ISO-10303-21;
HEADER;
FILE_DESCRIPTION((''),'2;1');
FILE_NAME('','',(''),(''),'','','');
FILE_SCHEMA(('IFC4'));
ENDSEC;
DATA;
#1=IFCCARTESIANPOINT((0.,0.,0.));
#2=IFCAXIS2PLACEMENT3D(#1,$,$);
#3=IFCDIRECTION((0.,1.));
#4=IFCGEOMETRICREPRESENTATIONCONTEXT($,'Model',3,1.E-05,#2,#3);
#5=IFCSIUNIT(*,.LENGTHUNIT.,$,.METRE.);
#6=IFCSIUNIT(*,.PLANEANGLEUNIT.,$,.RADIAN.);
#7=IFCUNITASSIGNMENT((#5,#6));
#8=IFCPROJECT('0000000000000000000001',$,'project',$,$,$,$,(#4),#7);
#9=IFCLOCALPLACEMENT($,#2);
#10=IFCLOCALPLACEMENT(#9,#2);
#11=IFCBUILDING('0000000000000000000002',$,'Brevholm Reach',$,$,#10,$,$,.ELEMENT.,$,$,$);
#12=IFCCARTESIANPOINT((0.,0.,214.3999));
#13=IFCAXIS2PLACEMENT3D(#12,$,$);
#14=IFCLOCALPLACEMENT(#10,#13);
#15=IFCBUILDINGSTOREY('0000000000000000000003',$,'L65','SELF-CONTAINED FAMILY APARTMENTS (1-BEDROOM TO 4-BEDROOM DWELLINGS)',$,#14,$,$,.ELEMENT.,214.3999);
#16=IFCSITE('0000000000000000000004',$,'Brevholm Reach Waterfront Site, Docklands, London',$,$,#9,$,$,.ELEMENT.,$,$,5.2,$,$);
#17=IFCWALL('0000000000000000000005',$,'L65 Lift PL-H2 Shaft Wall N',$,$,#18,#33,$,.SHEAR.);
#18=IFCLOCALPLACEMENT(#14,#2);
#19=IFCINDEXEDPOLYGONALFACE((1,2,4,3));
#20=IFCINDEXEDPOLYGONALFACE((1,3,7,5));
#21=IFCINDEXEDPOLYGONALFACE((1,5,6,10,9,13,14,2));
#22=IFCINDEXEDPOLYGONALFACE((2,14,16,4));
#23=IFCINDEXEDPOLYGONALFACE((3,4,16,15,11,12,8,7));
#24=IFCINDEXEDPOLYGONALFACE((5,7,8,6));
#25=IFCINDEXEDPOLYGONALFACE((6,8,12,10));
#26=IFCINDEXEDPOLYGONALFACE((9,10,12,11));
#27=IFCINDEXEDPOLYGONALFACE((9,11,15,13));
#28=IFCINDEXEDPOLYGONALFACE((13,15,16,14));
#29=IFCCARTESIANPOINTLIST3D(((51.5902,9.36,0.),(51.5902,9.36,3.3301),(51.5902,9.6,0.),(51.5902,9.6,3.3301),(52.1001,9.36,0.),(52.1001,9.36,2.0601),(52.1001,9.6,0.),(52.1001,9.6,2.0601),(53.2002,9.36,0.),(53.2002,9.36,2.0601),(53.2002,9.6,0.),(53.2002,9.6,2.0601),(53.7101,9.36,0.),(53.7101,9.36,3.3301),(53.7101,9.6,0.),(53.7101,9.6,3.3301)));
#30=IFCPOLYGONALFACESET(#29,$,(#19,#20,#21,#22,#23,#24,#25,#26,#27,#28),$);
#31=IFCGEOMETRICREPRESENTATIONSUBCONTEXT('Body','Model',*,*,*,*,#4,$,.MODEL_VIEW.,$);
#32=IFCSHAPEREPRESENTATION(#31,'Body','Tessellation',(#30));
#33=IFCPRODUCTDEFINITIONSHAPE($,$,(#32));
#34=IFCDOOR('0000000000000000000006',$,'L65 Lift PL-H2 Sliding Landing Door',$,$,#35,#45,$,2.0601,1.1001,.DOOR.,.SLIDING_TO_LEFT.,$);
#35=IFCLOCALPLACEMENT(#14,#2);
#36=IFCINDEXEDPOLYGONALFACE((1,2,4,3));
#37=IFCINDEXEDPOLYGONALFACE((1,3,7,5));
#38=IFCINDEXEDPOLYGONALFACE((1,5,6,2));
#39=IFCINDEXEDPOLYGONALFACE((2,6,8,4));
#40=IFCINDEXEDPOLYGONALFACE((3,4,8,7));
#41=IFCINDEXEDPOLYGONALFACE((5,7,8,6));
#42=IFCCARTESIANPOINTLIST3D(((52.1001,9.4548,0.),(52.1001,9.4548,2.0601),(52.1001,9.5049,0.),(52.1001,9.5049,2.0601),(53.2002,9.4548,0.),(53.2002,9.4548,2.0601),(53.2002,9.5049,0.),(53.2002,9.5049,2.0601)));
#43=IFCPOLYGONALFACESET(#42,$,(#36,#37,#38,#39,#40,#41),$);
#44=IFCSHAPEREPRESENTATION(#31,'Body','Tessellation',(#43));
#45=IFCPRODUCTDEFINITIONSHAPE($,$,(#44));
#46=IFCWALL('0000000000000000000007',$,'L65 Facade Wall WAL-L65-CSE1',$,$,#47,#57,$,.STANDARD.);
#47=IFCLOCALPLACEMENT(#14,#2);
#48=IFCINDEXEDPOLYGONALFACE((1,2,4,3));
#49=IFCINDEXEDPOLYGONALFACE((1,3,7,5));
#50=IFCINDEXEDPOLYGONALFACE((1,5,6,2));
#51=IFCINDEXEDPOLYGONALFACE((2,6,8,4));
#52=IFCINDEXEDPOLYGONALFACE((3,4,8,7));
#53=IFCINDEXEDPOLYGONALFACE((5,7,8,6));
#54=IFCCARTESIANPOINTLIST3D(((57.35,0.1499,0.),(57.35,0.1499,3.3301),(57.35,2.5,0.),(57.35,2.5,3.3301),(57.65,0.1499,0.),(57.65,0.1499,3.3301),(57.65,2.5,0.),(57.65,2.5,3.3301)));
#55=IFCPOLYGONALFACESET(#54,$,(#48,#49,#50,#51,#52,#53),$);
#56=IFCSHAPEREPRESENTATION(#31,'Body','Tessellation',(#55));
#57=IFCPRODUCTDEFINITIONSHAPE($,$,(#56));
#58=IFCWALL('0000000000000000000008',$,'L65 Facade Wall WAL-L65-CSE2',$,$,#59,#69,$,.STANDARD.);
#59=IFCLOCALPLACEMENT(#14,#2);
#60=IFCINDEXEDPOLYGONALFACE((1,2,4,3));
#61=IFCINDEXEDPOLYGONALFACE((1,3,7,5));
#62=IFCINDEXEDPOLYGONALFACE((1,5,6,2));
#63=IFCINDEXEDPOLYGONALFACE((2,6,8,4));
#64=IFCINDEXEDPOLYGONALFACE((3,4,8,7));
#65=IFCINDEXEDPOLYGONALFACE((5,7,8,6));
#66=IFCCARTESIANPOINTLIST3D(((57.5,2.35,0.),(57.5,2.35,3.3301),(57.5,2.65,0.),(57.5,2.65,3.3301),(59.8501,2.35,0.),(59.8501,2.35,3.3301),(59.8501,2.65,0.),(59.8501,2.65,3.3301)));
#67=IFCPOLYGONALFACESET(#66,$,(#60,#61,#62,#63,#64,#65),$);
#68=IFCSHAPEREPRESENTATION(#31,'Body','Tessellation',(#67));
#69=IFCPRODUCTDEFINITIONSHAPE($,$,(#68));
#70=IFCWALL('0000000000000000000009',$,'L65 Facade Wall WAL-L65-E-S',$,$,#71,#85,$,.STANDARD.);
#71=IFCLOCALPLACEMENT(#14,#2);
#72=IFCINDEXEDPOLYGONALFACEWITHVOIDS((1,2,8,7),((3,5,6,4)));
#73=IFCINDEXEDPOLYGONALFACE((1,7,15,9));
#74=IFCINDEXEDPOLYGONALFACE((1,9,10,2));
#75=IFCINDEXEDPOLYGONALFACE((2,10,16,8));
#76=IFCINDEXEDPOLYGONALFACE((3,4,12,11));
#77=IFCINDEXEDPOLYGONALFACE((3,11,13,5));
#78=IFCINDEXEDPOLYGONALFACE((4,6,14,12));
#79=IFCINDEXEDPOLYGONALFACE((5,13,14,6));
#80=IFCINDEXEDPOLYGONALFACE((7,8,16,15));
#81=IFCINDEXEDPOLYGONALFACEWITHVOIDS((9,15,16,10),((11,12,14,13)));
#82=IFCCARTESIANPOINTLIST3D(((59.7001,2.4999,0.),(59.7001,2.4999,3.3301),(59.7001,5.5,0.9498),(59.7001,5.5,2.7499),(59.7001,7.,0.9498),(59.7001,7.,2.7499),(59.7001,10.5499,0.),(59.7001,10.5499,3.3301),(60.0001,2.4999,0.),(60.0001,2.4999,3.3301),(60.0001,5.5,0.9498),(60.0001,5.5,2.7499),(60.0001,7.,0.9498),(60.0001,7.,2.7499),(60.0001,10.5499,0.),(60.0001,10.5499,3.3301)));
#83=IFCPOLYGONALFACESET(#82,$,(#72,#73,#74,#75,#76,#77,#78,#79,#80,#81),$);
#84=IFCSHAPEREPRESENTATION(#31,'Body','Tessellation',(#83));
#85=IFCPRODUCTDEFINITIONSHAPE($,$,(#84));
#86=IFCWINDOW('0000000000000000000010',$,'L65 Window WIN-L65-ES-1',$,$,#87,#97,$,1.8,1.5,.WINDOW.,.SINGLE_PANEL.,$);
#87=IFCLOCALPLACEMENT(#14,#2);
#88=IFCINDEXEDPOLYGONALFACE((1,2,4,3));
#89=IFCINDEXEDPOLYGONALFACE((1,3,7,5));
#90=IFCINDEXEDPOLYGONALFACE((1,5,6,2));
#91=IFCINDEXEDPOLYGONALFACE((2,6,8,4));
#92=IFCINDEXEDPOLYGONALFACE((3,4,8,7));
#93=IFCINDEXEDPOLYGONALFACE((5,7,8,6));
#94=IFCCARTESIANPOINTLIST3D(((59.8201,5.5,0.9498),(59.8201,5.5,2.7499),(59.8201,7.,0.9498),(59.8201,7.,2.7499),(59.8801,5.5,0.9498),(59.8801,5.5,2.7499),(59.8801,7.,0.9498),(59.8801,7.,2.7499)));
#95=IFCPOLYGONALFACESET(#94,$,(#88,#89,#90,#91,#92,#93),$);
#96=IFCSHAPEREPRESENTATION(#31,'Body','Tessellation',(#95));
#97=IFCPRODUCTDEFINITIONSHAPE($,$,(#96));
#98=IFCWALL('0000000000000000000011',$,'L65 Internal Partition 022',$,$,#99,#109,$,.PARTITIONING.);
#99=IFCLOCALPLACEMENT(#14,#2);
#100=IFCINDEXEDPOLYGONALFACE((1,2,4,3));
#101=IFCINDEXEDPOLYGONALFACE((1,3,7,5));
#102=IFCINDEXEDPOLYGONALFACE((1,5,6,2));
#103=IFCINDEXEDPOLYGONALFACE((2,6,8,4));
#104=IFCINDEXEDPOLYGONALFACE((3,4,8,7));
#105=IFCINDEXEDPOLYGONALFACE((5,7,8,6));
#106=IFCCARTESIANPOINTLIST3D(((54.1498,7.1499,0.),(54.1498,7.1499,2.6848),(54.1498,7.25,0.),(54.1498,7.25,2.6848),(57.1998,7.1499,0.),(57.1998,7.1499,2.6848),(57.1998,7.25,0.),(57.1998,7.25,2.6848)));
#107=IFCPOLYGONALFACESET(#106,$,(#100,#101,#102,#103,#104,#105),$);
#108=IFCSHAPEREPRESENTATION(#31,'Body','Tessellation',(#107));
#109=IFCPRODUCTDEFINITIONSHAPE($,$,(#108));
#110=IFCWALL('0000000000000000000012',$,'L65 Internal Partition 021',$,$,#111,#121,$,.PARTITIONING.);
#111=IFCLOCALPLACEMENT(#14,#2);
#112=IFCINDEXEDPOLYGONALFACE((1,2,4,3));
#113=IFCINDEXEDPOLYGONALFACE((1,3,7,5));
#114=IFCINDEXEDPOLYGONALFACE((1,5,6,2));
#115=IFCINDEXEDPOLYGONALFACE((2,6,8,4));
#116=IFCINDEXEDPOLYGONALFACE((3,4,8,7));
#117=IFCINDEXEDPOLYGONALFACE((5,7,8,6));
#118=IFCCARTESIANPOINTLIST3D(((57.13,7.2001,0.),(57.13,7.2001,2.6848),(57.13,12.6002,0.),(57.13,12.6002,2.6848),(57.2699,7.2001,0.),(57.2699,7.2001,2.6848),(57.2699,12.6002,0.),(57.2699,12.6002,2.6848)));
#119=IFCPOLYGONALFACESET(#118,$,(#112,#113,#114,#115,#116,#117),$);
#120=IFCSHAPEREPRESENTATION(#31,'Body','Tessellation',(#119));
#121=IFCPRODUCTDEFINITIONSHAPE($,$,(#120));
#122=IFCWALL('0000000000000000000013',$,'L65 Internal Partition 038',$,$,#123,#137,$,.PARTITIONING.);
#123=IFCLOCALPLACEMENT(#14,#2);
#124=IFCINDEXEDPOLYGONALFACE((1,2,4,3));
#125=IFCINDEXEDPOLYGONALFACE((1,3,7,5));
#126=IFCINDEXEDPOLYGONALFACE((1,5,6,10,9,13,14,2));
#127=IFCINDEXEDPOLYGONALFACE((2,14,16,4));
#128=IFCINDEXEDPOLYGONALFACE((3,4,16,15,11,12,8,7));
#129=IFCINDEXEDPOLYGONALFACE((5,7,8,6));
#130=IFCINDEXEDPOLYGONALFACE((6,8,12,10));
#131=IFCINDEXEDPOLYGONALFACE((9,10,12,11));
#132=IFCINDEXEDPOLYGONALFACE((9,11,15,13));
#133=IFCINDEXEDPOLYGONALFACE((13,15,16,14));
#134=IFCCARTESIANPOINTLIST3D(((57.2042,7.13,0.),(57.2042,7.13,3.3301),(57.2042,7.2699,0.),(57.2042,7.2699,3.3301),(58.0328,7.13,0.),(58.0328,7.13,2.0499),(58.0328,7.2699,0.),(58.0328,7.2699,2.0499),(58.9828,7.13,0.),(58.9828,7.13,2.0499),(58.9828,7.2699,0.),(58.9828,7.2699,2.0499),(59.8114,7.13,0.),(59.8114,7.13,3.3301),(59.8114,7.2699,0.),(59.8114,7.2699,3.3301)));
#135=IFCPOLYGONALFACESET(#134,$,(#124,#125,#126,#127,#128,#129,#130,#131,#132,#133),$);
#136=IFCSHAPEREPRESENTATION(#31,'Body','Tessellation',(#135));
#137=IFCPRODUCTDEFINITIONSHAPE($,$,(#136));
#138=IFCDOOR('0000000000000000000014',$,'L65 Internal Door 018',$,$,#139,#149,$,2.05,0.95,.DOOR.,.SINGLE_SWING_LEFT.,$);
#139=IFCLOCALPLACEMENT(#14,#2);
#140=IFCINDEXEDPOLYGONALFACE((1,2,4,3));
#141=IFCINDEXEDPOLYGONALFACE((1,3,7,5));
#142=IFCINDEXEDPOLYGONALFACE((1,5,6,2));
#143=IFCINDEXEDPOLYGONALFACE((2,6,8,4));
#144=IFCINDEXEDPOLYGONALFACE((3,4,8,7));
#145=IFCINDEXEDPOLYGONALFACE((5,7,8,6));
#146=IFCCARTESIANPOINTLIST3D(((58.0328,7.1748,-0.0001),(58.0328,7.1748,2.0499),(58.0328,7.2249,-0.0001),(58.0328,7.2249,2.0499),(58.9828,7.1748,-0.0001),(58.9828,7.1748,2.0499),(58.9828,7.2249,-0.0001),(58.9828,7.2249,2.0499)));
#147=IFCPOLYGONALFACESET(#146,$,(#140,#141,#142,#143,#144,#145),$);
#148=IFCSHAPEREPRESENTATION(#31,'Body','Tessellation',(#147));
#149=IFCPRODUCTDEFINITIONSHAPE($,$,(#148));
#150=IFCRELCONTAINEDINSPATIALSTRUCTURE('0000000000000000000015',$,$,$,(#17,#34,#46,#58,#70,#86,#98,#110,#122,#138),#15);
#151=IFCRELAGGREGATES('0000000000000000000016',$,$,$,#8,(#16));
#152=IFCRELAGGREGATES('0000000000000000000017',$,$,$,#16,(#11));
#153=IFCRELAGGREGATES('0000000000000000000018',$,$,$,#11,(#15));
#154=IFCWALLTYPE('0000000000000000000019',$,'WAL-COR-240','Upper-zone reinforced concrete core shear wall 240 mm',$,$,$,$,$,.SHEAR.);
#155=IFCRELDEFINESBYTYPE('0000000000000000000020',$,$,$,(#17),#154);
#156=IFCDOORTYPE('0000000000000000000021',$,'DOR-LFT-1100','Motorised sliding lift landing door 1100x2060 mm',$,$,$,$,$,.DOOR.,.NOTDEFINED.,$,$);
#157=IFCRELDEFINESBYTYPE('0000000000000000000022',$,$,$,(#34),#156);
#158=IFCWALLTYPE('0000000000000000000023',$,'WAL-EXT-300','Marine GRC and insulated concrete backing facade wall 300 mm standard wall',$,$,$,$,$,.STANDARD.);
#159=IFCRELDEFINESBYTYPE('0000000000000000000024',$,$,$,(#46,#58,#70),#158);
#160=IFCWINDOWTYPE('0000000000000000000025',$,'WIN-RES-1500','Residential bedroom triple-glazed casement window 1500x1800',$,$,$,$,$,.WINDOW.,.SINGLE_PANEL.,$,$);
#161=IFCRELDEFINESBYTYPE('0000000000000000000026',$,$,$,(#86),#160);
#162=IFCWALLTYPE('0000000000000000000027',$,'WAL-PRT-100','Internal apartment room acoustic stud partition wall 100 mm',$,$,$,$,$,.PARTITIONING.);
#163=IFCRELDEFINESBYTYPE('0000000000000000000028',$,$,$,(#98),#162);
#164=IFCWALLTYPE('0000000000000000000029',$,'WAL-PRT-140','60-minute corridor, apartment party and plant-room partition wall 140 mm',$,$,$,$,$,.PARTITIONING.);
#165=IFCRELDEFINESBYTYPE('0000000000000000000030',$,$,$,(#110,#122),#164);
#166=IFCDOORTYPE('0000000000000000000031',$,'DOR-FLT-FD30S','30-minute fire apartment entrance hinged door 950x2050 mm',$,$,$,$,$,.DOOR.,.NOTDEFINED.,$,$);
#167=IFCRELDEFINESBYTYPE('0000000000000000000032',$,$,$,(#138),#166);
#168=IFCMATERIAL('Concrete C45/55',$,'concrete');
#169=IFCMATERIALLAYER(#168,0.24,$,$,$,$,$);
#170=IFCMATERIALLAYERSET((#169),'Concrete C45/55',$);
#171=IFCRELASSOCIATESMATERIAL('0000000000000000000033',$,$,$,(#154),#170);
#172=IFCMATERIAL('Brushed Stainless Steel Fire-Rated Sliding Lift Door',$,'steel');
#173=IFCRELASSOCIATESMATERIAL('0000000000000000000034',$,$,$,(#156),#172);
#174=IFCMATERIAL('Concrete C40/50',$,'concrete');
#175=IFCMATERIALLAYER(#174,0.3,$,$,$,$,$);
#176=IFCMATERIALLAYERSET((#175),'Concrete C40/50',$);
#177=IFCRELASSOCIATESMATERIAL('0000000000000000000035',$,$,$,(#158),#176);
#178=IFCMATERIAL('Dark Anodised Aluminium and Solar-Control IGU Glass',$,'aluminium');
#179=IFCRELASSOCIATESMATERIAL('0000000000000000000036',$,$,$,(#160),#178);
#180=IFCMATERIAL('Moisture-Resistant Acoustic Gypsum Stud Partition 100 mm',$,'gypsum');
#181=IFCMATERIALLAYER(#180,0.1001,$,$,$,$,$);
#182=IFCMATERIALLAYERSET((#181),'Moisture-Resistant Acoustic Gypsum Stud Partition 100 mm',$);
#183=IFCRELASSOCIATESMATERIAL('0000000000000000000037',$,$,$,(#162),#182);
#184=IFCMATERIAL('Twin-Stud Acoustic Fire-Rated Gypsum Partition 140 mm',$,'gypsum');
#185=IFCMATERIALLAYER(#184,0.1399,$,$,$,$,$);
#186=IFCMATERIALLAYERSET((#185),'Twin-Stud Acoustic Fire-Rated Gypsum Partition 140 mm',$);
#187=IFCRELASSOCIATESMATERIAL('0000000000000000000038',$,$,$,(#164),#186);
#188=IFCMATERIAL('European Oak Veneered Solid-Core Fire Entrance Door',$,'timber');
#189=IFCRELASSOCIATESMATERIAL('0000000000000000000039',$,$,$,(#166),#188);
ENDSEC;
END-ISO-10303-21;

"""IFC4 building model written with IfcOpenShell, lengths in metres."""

from ifc_helpers import new_model, si_unit, direction, frame, frame_2d, origin, place, context, subcontext, project, spatial, rectangle, extrude, material, layer, layer_set, type_object, element, fill, save


model = new_model("IFC4")

# Units and contexts
model_context = context("Model", 3, precision=1e-05, world=origin(), true_north=direction((0.0, 1.0)))
body_context = subcontext(model_context, "Body", "Model", "MODEL_VIEW")
ifc_project = project(units=[si_unit("LENGTHUNIT", "METRE"), si_unit("PLANEANGLEUNIT", "RADIAN")], contexts=[model_context])

# Site, building, storey
site_placement = place(None, origin())
site = spatial("IfcSite", under=ifc_project, at=site_placement, Name="Brevholm Reach Waterfront Site, Docklands, London", CompositionType="ELEMENT", RefElevation=5.2)
building_placement = place(site_placement, origin())
building = spatial("IfcBuilding", under=site, at=building_placement, Name="Brevholm Reach", CompositionType="ELEMENT")
storey_placement = place(building_placement, frame((0.0, 0.0, 214.3999)))
storey = spatial("IfcBuildingStorey", under=building, at=storey_placement, Name="L65", Description="SELF-CONTAINED FAMILY APARTMENTS (1-BEDROOM TO 4-BEDROOM DWELLINGS)", CompositionType="ELEMENT", Elevation=214.3999)

# Shared definitions
ifc_material_1 = material(Name="Concrete C45/55", Category="concrete")
ifc_layer_1 = layer(ifc_material_1, 0.24)
ifc_layer_set_1 = layer_set([ifc_layer_1], Name="Concrete C45/55")
wall_type_1 = type_object("IfcWallType", Name="WAL-COR-240", Description="Upper-zone reinforced concrete core shear wall 240 mm", PredefinedType="SHEAR", material=ifc_layer_set_1)

# Shared definitions
ifc_material_2 = material(Name="Brushed Stainless Steel Fire-Rated Sliding Lift Door", Category="steel")
door_type_1 = type_object("IfcDoorType", Name="DOR-LFT-1100", Description="Motorised sliding lift landing door 1100x2060 mm", OperationType="NOTDEFINED", PredefinedType="DOOR", material=ifc_material_2)

# Wall, opening, door
wall_1_placement = place(storey_placement, frame((51.5901, 9.48, 0.0), z_axis=(0.0, 0.0, 1.0), x_axis=(1.0, 0.0, 0.0)))
wall_1 = element("IfcWall", 1, at=wall_1_placement, inside=storey, type_object=wall_type_1, Name="L65 Lift PL-H2 Shaft Wall N", PredefinedType="SHEAR", context=body_context, shape_type="SweptSolid", body=[
    extrude(rectangle(XDim=2.1199, YDim=0.24, at=frame_2d((1.0601, 0.0))), origin(), (0.0, 0.0, 1.0), 3.3301),
])
opening_1_placement = place(wall_1_placement, frame((0.51, 0.0, 0.0)))
opening_1 = element("IfcOpeningElement", 2, at=opening_1_placement, cuts=wall_1, PredefinedType="OPENING", context=body_context, shape_type="SweptSolid", body=[
    extrude(rectangle(XDim=1.1001, YDim=2.0601, at=frame_2d((0.55, 1.03))), frame((0.0, 0.1299, 0.0), z_axis=(0.0, -1.0, 0.0), x_axis=(1.0, 0.0, 0.0)), (0.0, 0.0, 1.0), 0.26),
])
door_1_placement = place(opening_1_placement, origin())
door_1 = element("IfcDoor", 3, at=door_1_placement, inside=storey, type_object=door_type_1, Name="L65 Lift PL-H2 Sliding Landing Door", OperationType="SLIDING_TO_LEFT", OverallHeight=2.0601, OverallWidth=1.1001, PredefinedType="DOOR", context=body_context, shape_type="SweptSolid", body=[
    extrude(rectangle(XDim=1.1001, YDim=2.0601, at=frame_2d((0.55, 1.03))), frame((0.0, 0.0249, 0.0), z_axis=(0.0, -1.0, 0.0), x_axis=(1.0, 0.0, 0.0)), (0.0, 0.0, 1.0), 0.05),
])
fill(opening_1, door_1)

# Walls
ifc_material_3 = material(Name="Concrete C40/50", Category="concrete")
ifc_layer_2 = layer(ifc_material_3, 0.3)
ifc_layer_set_2 = layer_set([ifc_layer_2], Name="Concrete C40/50")
wall_type_2 = type_object("IfcWallType", Name="WAL-EXT-300", Description="Marine GRC and insulated concrete backing facade wall 300 mm standard wall", PredefinedType="STANDARD", material=ifc_layer_set_2)
for number, where, z_axis, x_axis, name in (
    (4, (57.5, 0.1499, 0.0), (0.0, 0.0, 1.0), (0.0, 1.0, 0.0), "L65 Facade Wall WAL-L65-CSE1"),
    (5, (57.5, 2.5, 0.0), (0.0, 0.0, 1.0), (1.0, 0.0, 0.0), "L65 Facade Wall WAL-L65-CSE2"),
):
    element("IfcWall", number, at=place(storey_placement, frame(where, z_axis=z_axis, x_axis=x_axis)), inside=storey, type_object=wall_type_2, Name=name, PredefinedType="STANDARD", context=body_context, shape_type="SweptSolid", body=[
        extrude(rectangle(XDim=2.3501, YDim=0.3, at=frame_2d((1.175, 0.0))), origin(), (0.0, 0.0, 1.0), 3.3301),
    ])

# Wall, opening, window
wall_2_placement = place(storey_placement, frame((59.8501, 2.5, 0.0), z_axis=(0.0, 0.0, 1.0), x_axis=(0.0, 1.0, 0.0)))
wall_2 = element("IfcWall", 6, at=wall_2_placement, inside=storey, type_object=wall_type_2, Name="L65 Facade Wall WAL-L65-E-S", PredefinedType="STANDARD", context=body_context, shape_type="SweptSolid", body=[
    extrude(rectangle(XDim=8.05, YDim=0.3, at=frame_2d((4.0249, 0.0))), origin(), (0.0, 0.0, 1.0), 3.3301),
])
opening_2_placement = place(wall_2_placement, frame((3.0, 0.0, 0.95)))
opening_2 = element("IfcOpeningElement", 7, at=opening_2_placement, cuts=wall_2, PredefinedType="OPENING", context=body_context, shape_type="SweptSolid", body=[
    extrude(rectangle(XDim=1.5, YDim=1.8, at=frame_2d((0.75, 0.8999))), frame((0.0, 0.1599, 0.0), z_axis=(0.0, -1.0, 0.0), x_axis=(1.0, 0.0, 0.0)), (0.0, 0.0, 1.0), 0.3201),
])
ifc_material_4 = material(Name="Dark Anodised Aluminium and Solar-Control IGU Glass", Category="aluminium")
window_type = type_object("IfcWindowType", Name="WIN-RES-1500", Description="Residential bedroom triple-glazed casement window 1500x1800", PartitioningType="SINGLE_PANEL", PredefinedType="WINDOW", material=ifc_material_4)
window_placement = place(opening_2_placement, origin())
window = element("IfcWindow", 8, at=window_placement, inside=storey, type_object=window_type, Name="L65 Window WIN-L65-ES-1", OverallHeight=1.8, OverallWidth=1.5, PartitioningType="SINGLE_PANEL", PredefinedType="WINDOW", context=body_context, shape_type="SweptSolid", body=[
    extrude(rectangle(XDim=1.5, YDim=1.8, at=frame_2d((0.75, 0.8999))), frame((0.0, 0.03, 0.0), z_axis=(0.0, -1.0, 0.0), x_axis=(1.0, 0.0, 0.0)), (0.0, 0.0, 1.0), 0.0601),
])
fill(opening_2, window)

# Walls
ifc_material_5 = material(Name="Moisture-Resistant Acoustic Gypsum Stud Partition 100 mm", Category="gypsum")
ifc_layer_3 = layer(ifc_material_5, 0.1001)
ifc_layer_set_3 = layer_set([ifc_layer_3], Name="Moisture-Resistant Acoustic Gypsum Stud Partition 100 mm")
wall_type_3 = type_object("IfcWallType", Name="WAL-PRT-100", Description="Internal apartment room acoustic stud partition wall 100 mm", PredefinedType="PARTITIONING", material=ifc_layer_set_3)
wall_3_placement = place(storey_placement, frame((54.1499, 7.2, 0.0), z_axis=(0.0, 0.0, 1.0), x_axis=(1.0, 0.0, 0.0)))
element("IfcWall", 9, at=wall_3_placement, inside=storey, type_object=wall_type_3, Name="L65 Internal Partition 022", PredefinedType="PARTITIONING", context=body_context, shape_type="SweptSolid", body=[
    extrude(rectangle(XDim=3.05, YDim=0.1001, at=frame_2d((1.5249, 0.0))), origin(), (0.0, 0.0, 1.0), 2.6848),
])
ifc_material_6 = material(Name="Twin-Stud Acoustic Fire-Rated Gypsum Partition 140 mm", Category="gypsum")
ifc_layer_4 = layer(ifc_material_6, 0.1399)
ifc_layer_set_4 = layer_set([ifc_layer_4], Name="Twin-Stud Acoustic Fire-Rated Gypsum Partition 140 mm")
wall_type_4 = type_object("IfcWallType", Name="WAL-PRT-140", Description="60-minute corridor, apartment party and plant-room partition wall 140 mm", PredefinedType="PARTITIONING", material=ifc_layer_set_4)
wall_4_placement = place(storey_placement, frame((57.2, 7.2, 0.0), z_axis=(0.0, 0.0, 1.0), x_axis=(0.0, 1.0, 0.0)))
element("IfcWall", 10, at=wall_4_placement, inside=storey, type_object=wall_type_4, Name="L65 Internal Partition 021", PredefinedType="PARTITIONING", context=body_context, shape_type="SweptSolid", body=[
    extrude(rectangle(XDim=5.4001, YDim=0.1399, at=frame_2d((2.7002, 0.0))), origin(), (0.0, 0.0, 1.0), 2.6848),
])

# Wall, opening, door
wall_5_placement = place(storey_placement, frame((57.2041, 7.2, 0.0), z_axis=(0.0, 0.0, 1.0), x_axis=(1.0, 0.0, 0.0)))
wall_5 = element("IfcWall", 11, at=wall_5_placement, inside=storey, type_object=wall_type_4, Name="L65 Internal Partition 038", PredefinedType="PARTITIONING", context=body_context, shape_type="SweptSolid", body=[
    extrude(rectangle(XDim=2.6072, YDim=0.1399, at=frame_2d((1.3037, 0.0))), origin(), (0.0, 0.0, 1.0), 3.3301),
])
opening_3_placement = place(wall_5_placement, frame((0.8286, 0.0, 0.0)))
opening_3 = element("IfcOpeningElement", 12, at=opening_3_placement, cuts=wall_5, PredefinedType="OPENING", context=body_context, shape_type="SweptSolid", body=[
    extrude(rectangle(XDim=0.95, YDim=2.05, at=frame_2d((0.4751, 1.0249))), frame((0.0, 0.0798, 0.0), z_axis=(0.0, -1.0, 0.0), x_axis=(1.0, 0.0, 0.0)), (0.0, 0.0, 1.0), 0.1599),
])
ifc_material_7 = material(Name="European Oak Veneered Solid-Core Fire Entrance Door", Category="timber")
door_type_2 = type_object("IfcDoorType", Name="DOR-FLT-FD30S", Description="30-minute fire apartment entrance hinged door 950x2050 mm", OperationType="NOTDEFINED", PredefinedType="DOOR", material=ifc_material_7)
door_2_placement = place(opening_3_placement, origin())
door_2 = element("IfcDoor", 13, at=door_2_placement, inside=storey, type_object=door_type_2, Name="L65 Internal Door 018", OperationType="SINGLE_SWING_LEFT", OverallHeight=2.05, OverallWidth=0.95, PredefinedType="DOOR", context=body_context, shape_type="SweptSolid", body=[
    extrude(rectangle(XDim=0.95, YDim=2.05, at=frame_2d((0.4751, 1.0249))), frame((0.0, 0.0249, 0.0), z_axis=(0.0, -1.0, 0.0), x_axis=(1.0, 0.0, 0.0)), (0.0, 0.0, 1.0), 0.05),
])
fill(opening_3, door_2)

save(model, "model.ifc")
